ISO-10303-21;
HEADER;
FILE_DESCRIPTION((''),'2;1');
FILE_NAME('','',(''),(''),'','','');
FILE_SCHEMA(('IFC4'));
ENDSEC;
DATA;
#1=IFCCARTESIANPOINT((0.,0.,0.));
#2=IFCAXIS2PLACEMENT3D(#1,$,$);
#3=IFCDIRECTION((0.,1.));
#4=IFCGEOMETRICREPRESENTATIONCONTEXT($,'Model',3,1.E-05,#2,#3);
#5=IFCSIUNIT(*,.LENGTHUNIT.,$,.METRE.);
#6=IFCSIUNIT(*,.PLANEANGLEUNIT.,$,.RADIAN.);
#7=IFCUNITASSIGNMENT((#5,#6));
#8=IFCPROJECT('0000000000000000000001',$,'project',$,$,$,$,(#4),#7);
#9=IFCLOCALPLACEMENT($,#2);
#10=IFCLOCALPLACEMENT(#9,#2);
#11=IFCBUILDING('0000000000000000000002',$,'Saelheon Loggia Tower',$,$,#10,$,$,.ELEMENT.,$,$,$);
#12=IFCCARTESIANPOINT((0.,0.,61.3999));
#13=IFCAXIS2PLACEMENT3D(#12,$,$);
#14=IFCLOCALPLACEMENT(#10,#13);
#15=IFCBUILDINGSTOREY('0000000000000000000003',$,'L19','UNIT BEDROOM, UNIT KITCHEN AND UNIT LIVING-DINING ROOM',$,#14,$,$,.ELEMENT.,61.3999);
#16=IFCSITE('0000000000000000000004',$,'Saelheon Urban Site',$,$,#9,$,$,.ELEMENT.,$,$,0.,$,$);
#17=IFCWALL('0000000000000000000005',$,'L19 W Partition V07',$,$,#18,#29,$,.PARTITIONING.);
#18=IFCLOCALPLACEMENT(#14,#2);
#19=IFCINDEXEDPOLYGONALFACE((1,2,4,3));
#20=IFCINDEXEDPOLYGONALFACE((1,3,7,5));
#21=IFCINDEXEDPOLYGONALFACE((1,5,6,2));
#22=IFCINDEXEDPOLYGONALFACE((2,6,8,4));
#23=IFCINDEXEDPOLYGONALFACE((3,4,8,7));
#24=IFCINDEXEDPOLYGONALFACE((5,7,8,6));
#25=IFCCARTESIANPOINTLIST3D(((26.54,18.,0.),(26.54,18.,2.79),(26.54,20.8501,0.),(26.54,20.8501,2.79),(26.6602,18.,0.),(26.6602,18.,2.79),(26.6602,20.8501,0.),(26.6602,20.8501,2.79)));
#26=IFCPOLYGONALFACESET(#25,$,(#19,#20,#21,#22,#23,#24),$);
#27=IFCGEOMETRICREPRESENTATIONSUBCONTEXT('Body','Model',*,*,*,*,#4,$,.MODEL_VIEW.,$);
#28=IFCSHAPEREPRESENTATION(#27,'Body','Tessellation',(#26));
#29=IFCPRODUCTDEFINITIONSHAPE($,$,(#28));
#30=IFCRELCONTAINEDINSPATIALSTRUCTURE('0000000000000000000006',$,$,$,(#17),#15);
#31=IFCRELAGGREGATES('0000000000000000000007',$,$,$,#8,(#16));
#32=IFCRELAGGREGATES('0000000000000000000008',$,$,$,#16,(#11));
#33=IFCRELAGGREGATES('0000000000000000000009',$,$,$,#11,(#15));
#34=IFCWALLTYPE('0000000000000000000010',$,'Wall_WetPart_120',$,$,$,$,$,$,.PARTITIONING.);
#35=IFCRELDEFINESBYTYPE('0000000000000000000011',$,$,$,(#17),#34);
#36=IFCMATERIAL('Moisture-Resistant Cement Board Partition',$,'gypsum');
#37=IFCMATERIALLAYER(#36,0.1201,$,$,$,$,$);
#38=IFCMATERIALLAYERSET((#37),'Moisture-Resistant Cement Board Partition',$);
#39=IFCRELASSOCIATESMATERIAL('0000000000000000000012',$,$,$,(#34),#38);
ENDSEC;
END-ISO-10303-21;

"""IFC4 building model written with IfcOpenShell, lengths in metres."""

from ifc_helpers import new_model, si_unit, direction, frame, frame_2d, origin, place, context, subcontext, project, spatial, rectangle, extrude, material, layer, layer_set, type_object, element, save


model = new_model("IFC4")

# Units and contexts
model_context = context("Model", 3, precision=1e-05, world=origin(), true_north=direction((0.0, 1.0)))
body_context = subcontext(model_context, "Body", "Model", "MODEL_VIEW")
ifc_project = project(units=[si_unit("LENGTHUNIT", "METRE"), si_unit("PLANEANGLEUNIT", "RADIAN")], contexts=[model_context])

# Site, building, storey
site_placement = place(None, origin())
site = spatial("IfcSite", under=ifc_project, at=site_placement, Name="Saelheon Urban Site", CompositionType="ELEMENT", RefElevation=0.0)
building_placement = place(site_placement, origin())
building = spatial("IfcBuilding", under=site, at=building_placement, Name="Saelheon Loggia Tower", CompositionType="ELEMENT")
storey_placement = place(building_placement, frame((0.0, 0.0, 61.3999)))
storey = spatial("IfcBuildingStorey", under=building, at=storey_placement, Name="L19", Description="UNIT BEDROOM, UNIT KITCHEN AND UNIT LIVING-DINING ROOM", CompositionType="ELEMENT", Elevation=61.3999)

# Shared definitions
ifc_material_1 = material(Name="Moisture-Resistant Cement Board Partition", Category="gypsum")
ifc_layer_1 = layer(ifc_material_1, 0.1201)
ifc_layer_set_1 = layer_set([ifc_layer_1], Name="Moisture-Resistant Cement Board Partition")
wall_type_1 = type_object("IfcWallType", Name="Wall_WetPart_120", PredefinedType="PARTITIONING", material=ifc_layer_set_1)

# Wall
wall_1_placement = place(storey_placement, frame((26.6001, 18.0, 0.0), z_axis=(0.0, 0.0, 1.0), x_axis=(0.0, 1.0, 0.0)))
element("IfcWall", 1, at=wall_1_placement, inside=storey, type_object=wall_type_1, Name="L19 W Partition V07", PredefinedType="PARTITIONING", context=body_context, shape_type="SweptSolid", body=[
    extrude(rectangle(XDim=2.8501, YDim=0.1201, at=frame_2d((1.425, 0.0))), origin(), (0.0, 0.0, 1.0), 2.79),
])

save(model, "model.ifc")
